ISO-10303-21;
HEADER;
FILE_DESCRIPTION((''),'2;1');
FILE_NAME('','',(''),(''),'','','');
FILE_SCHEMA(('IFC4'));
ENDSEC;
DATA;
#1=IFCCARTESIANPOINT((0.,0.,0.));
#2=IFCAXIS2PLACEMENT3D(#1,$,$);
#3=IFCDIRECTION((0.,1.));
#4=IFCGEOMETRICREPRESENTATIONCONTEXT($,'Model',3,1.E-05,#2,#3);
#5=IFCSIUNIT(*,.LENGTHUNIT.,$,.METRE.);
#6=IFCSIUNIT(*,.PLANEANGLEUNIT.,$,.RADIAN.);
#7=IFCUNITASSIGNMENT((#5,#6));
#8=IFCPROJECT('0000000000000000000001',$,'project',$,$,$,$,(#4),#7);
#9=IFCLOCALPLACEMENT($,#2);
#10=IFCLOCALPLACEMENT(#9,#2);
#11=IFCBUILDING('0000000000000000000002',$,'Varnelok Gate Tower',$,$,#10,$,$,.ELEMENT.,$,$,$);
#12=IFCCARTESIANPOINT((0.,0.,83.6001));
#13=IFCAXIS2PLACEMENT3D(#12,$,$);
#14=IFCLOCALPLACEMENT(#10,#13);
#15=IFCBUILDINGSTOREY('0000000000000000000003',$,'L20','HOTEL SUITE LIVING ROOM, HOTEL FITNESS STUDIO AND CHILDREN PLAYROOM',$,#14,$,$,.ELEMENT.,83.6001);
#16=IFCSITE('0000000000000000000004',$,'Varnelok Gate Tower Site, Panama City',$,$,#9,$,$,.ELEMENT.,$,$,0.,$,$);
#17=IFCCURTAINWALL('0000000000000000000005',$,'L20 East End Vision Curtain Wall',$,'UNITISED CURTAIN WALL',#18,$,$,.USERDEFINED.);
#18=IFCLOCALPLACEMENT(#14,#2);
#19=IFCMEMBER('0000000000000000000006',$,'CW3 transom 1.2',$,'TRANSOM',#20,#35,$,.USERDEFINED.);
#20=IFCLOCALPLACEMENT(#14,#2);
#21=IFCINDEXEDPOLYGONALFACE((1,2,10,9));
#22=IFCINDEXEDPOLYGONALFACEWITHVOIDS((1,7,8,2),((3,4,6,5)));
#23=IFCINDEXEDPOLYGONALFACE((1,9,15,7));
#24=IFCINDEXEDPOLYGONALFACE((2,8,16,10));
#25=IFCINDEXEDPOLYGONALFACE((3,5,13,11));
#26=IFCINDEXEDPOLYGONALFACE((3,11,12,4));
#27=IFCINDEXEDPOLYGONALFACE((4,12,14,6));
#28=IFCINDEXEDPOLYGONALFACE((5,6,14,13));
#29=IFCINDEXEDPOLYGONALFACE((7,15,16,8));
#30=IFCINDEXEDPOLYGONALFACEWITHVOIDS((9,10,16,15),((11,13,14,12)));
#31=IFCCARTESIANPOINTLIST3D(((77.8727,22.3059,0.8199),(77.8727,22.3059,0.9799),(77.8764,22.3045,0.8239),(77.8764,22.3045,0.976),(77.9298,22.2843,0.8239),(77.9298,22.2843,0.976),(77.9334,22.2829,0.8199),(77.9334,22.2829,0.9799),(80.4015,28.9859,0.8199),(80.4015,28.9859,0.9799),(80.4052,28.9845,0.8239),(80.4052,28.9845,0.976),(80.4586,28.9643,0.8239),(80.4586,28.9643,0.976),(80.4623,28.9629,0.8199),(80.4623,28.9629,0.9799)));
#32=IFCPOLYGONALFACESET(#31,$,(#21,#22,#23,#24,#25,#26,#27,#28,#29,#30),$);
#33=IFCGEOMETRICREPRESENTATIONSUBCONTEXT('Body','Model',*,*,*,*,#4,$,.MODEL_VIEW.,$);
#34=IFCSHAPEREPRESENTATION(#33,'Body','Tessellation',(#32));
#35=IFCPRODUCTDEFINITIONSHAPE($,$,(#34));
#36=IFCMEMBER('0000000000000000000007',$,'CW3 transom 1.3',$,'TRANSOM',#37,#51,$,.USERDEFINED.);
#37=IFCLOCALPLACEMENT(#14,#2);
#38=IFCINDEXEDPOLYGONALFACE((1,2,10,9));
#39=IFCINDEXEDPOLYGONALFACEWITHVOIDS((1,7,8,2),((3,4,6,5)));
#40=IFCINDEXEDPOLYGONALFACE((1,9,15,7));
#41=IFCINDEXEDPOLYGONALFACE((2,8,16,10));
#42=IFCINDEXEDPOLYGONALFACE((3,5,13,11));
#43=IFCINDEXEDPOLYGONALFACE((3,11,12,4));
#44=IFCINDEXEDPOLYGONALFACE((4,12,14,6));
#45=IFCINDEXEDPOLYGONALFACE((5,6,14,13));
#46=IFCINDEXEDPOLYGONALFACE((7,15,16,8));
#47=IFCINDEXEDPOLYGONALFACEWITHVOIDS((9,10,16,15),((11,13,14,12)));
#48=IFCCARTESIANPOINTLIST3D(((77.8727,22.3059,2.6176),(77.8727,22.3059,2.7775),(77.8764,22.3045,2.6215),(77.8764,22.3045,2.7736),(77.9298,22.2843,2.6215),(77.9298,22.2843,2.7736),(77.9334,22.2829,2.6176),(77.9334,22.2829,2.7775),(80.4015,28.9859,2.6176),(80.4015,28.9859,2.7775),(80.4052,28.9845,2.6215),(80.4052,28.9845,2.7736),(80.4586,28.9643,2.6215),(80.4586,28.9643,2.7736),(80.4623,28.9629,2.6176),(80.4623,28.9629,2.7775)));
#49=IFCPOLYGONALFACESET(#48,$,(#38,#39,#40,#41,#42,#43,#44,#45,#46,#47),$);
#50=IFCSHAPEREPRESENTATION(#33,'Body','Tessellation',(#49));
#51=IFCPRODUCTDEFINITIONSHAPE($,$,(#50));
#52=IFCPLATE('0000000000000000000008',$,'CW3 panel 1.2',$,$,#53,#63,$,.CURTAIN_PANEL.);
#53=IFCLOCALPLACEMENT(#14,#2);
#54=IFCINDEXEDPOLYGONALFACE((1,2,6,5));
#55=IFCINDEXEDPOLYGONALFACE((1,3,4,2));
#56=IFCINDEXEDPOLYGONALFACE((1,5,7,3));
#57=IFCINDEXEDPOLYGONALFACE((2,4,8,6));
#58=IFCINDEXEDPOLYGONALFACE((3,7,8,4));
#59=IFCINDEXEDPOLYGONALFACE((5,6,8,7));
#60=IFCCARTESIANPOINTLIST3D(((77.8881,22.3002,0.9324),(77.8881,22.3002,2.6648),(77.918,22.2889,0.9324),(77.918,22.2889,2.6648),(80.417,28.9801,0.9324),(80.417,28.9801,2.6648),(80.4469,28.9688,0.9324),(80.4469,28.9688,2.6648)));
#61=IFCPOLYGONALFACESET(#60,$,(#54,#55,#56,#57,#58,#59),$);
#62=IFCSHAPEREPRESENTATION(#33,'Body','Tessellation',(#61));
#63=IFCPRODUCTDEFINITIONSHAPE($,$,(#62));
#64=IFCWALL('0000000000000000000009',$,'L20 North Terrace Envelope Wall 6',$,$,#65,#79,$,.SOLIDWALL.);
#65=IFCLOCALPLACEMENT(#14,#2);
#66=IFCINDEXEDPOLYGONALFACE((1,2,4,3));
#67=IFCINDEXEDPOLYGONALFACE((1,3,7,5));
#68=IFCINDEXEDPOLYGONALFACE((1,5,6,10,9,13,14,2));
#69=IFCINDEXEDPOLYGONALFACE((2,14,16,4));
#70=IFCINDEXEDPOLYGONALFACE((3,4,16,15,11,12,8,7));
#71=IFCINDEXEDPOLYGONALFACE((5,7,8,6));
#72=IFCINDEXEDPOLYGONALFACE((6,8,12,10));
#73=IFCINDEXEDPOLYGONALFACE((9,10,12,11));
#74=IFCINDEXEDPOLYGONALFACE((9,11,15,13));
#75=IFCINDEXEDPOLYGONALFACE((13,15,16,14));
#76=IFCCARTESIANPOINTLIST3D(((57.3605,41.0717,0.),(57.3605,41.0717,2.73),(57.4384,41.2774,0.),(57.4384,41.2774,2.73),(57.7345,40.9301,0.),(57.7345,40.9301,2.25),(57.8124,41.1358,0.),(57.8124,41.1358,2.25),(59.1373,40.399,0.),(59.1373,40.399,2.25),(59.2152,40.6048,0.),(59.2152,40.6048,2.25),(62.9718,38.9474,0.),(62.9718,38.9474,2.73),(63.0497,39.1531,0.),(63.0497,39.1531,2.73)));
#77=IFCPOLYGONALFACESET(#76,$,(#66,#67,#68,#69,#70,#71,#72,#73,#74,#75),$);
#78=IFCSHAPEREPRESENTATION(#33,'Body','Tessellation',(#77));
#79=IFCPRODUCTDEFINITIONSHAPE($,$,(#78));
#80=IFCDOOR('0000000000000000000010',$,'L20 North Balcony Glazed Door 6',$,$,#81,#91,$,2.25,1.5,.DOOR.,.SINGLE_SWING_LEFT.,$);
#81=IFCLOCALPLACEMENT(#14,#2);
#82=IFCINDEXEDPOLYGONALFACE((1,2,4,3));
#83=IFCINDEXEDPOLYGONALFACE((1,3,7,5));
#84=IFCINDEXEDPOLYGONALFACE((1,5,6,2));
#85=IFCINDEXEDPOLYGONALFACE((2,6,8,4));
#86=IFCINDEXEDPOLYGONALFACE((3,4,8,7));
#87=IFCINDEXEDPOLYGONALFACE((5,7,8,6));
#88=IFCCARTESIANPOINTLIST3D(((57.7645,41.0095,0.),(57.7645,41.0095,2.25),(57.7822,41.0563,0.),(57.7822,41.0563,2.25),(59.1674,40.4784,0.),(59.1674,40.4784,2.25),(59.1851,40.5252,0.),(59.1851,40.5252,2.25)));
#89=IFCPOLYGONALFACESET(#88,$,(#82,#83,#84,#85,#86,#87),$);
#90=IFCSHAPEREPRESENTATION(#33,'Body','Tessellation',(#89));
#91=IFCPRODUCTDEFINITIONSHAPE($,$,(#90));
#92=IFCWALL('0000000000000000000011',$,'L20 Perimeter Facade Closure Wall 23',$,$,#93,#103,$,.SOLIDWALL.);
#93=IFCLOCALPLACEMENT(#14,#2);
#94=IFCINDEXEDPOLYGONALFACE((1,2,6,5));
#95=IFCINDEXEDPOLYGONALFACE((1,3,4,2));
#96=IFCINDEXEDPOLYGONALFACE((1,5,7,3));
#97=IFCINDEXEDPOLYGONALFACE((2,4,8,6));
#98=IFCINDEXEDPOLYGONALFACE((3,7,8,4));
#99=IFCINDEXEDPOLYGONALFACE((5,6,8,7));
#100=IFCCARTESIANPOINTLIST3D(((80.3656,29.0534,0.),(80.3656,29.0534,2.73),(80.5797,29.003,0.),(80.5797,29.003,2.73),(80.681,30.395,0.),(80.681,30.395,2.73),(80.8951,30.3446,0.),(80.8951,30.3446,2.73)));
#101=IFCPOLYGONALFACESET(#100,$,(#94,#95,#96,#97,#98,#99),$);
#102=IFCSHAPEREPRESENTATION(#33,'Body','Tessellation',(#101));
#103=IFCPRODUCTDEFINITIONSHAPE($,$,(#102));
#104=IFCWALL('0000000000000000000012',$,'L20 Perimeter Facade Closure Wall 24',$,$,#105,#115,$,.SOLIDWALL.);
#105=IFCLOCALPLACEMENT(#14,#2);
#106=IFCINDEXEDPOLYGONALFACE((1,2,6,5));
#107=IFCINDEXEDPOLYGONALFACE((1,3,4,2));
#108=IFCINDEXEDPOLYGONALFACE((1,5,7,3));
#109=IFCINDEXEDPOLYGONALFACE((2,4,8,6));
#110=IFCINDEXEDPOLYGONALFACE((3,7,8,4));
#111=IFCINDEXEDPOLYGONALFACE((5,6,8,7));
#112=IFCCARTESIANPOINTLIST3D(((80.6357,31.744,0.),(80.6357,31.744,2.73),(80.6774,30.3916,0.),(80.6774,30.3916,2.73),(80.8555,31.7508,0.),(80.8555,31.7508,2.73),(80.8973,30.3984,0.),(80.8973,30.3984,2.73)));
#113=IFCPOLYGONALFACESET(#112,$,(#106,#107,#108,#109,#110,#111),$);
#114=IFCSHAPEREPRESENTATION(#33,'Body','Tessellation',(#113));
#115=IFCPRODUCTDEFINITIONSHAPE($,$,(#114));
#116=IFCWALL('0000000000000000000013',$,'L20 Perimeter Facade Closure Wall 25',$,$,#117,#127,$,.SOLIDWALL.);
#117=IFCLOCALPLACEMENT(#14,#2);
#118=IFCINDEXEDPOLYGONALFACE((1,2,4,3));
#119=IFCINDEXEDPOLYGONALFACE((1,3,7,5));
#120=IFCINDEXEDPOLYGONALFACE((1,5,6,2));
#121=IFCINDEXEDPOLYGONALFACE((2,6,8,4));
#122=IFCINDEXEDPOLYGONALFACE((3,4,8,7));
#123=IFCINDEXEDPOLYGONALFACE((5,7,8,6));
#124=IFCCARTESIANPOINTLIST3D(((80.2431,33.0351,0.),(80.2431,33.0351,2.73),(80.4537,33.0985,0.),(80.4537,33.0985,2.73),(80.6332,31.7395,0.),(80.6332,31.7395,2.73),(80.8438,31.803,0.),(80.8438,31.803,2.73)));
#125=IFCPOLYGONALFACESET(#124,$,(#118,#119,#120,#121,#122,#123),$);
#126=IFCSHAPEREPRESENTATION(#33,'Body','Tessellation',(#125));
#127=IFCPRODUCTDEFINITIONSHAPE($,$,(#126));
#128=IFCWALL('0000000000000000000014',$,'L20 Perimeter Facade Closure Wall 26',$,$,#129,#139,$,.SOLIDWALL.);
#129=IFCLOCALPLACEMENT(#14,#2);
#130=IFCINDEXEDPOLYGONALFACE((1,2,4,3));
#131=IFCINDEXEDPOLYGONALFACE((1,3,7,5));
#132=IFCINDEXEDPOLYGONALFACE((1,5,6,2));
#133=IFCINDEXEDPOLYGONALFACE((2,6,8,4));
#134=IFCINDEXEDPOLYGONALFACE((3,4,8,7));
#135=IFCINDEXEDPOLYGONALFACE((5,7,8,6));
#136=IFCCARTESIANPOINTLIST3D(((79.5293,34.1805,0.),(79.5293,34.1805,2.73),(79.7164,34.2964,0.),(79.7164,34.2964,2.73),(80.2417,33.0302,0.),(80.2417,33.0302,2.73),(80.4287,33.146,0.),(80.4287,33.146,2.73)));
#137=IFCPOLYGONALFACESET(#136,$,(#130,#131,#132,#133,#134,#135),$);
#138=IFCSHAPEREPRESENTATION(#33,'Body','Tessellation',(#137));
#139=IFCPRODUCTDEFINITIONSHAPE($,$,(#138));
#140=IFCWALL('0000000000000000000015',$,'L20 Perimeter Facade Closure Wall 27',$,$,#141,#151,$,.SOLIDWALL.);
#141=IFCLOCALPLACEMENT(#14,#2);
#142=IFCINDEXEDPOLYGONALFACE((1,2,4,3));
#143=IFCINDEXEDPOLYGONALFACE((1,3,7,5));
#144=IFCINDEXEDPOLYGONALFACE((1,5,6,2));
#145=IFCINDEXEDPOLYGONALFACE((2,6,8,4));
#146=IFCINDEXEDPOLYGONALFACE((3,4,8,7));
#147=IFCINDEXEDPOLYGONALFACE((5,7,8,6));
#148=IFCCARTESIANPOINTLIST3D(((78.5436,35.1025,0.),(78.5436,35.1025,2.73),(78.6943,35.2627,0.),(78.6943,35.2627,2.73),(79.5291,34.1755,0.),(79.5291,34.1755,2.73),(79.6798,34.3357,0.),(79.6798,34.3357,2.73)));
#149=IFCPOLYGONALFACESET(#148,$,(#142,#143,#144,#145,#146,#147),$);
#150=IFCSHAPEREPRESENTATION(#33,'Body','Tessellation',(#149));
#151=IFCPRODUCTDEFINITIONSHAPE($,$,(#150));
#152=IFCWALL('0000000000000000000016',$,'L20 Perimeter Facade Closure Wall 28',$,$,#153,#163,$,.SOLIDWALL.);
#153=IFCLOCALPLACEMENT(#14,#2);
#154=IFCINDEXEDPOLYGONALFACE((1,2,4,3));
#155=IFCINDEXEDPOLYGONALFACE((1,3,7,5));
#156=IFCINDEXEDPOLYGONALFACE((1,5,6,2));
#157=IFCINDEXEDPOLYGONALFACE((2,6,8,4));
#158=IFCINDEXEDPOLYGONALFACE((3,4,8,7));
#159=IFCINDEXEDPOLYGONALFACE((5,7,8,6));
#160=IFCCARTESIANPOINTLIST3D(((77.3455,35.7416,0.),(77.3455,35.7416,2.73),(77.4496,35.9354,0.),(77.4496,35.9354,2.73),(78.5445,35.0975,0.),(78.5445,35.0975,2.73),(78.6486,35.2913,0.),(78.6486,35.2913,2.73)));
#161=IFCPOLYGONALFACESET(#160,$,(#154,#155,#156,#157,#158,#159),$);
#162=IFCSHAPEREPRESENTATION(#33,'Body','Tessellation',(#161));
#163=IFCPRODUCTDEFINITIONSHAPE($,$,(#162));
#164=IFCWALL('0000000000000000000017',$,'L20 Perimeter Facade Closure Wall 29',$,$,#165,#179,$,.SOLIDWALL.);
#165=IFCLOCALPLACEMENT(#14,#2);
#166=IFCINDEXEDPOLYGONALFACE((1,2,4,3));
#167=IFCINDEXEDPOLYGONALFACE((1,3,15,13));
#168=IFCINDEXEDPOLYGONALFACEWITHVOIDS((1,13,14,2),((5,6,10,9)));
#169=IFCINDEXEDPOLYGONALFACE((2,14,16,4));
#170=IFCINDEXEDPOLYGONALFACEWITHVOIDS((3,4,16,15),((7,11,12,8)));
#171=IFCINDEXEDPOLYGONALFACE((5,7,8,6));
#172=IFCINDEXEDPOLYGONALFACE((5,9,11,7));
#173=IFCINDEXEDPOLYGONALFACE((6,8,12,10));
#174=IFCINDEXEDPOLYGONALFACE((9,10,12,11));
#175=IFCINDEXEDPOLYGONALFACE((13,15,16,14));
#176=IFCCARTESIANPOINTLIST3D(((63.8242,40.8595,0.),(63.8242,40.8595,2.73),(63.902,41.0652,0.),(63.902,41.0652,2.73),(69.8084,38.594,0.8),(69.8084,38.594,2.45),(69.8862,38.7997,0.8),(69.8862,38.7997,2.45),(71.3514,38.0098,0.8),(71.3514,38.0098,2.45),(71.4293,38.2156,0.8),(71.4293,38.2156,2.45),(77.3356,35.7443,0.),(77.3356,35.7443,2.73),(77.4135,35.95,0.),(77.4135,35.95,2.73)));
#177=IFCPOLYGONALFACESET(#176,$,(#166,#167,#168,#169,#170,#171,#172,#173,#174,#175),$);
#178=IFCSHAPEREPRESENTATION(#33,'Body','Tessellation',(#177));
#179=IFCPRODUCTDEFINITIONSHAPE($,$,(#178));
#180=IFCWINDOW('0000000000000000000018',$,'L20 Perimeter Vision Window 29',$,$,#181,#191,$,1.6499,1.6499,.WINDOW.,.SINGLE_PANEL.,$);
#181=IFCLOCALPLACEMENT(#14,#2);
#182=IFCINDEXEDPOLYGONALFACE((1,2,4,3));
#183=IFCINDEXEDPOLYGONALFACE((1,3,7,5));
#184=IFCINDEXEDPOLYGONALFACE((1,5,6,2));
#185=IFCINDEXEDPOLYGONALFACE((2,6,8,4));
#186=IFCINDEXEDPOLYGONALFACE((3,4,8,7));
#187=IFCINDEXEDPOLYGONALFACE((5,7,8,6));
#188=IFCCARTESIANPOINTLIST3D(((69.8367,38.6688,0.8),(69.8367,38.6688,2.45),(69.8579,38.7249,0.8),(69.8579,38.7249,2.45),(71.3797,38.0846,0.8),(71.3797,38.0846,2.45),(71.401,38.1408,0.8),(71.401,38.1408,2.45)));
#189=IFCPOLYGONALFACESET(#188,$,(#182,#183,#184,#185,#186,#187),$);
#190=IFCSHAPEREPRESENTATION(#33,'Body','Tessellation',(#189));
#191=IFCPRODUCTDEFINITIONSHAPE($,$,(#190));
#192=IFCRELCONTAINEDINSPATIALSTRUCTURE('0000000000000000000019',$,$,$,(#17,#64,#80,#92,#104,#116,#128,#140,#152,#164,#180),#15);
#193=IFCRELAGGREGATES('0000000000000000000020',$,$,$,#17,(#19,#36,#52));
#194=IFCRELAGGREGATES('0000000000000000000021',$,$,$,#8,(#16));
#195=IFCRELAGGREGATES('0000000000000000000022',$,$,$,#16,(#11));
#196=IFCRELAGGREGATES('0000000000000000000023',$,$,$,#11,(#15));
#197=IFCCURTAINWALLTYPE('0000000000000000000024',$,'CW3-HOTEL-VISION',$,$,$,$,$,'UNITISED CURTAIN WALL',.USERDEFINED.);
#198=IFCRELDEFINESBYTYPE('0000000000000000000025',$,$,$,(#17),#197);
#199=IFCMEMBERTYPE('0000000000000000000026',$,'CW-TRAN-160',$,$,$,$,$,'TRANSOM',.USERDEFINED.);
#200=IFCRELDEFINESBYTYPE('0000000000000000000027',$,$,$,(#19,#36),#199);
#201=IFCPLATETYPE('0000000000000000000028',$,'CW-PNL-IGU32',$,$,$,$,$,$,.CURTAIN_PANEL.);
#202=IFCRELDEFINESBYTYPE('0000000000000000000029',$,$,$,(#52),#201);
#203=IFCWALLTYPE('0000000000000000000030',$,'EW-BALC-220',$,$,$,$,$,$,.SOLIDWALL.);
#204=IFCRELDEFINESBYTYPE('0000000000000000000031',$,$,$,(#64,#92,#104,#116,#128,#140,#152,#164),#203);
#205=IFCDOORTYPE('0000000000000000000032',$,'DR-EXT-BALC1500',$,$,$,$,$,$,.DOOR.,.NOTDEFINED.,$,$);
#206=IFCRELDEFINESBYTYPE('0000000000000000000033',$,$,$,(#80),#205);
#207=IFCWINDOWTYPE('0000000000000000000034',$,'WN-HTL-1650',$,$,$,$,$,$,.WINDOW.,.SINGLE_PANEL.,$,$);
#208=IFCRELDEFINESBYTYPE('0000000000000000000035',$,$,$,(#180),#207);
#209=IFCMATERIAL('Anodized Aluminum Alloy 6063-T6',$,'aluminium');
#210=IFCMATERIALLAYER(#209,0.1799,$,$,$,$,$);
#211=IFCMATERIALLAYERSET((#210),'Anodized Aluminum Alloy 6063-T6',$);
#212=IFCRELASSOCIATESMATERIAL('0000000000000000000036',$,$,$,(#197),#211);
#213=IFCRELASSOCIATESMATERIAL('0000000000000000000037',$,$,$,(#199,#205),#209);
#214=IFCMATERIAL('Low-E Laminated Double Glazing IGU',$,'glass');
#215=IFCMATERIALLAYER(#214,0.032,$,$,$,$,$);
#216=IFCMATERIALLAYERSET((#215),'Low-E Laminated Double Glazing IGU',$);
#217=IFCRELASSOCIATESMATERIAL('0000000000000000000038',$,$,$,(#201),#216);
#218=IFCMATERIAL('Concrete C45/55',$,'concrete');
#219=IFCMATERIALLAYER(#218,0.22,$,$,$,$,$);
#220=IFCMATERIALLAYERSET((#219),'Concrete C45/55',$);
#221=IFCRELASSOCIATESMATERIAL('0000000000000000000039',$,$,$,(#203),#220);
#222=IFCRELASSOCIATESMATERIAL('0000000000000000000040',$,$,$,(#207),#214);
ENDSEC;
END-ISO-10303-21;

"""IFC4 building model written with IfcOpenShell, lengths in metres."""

from ifc_helpers import new_model, si_unit, direction, frame, frame_2d, origin, origin_2d, place, context, subcontext, project, spatial, rectangle, hollow_rectangle, extrude, source, transform, mapped, material, layer, layer_set, material_profile, profile_set, type_object, element, fill, aggregate, save


model = new_model("IFC4")

# Units and contexts
model_context = context("Model", 3, precision=1e-05, world=origin(), true_north=direction((0.0, 1.0)))
body_context = subcontext(model_context, "Body", "Model", "MODEL_VIEW")
ifc_project = project(units=[si_unit("LENGTHUNIT", "METRE"), si_unit("PLANEANGLEUNIT", "RADIAN")], contexts=[model_context])

# Site, building, storey
site_placement = place(None, origin())
site = spatial("IfcSite", under=ifc_project, at=site_placement, Name="Varnelok Gate Tower Site, Panama City", CompositionType="ELEMENT", RefElevation=0.0)
building_placement = place(site_placement, origin())
building = spatial("IfcBuilding", under=site, at=building_placement, Name="Varnelok Gate Tower", CompositionType="ELEMENT")
storey_placement = place(building_placement, frame((0.0, 0.0, 83.6001)))
storey = spatial("IfcBuildingStorey", under=building, at=storey_placement, Name="L20", Description="HOTEL SUITE LIVING ROOM, HOTEL FITNESS STUDIO AND CHILDREN PLAYROOM", CompositionType="ELEMENT", Elevation=83.6001)

# Curtain wall, members, plate
ifc_material_1 = material(Name="Anodized Aluminum Alloy 6063-T6", Category="aluminium")
ifc_layer_1 = layer(ifc_material_1, 0.1799)
ifc_layer_set_1 = layer_set([ifc_layer_1], Name="Anodized Aluminum Alloy 6063-T6")
curtain_wall_type = type_object("IfcCurtainWallType", Name="CW3-HOTEL-VISION", ElementType="UNITISED CURTAIN WALL", PredefinedType="USERDEFINED", material=ifc_layer_set_1)
curtain_wall_placement = place(storey_placement, origin())
curtain_wall = element("IfcCurtainWall", 1, at=curtain_wall_placement, inside=storey, type_object=curtain_wall_type, Name="L20 East End Vision Curtain Wall", ObjectType="UNITISED CURTAIN WALL", PredefinedType="USERDEFINED")
ifc_material_profile_1 = material_profile(ifc_material_1, hollow_rectangle(XDim=0.0649, YDim=0.1599, WallThickness=0.0039, at=origin_2d()), Name="ALU160X65X4")
ifc_profile_set_1 = profile_set([ifc_material_profile_1], Name="Anodized Aluminum Alloy 6063-T6")
member_type_1 = type_object("IfcMemberType", Name="CW-TRAN-160", ElementType="TRANSOM", PredefinedType="USERDEFINED", material=ifc_profile_set_1)
member_1_placement = place(storey_placement, frame((80.4319, 28.9744, 0.8999), z_axis=(-0.354047, -0.935228, 0.0), x_axis=(0.935228, -0.354047, 0.0)))
member_1 = element("IfcMember", 2, at=member_1_placement, type_object=member_type_1, Name="CW3 transom 1.2", ObjectType="TRANSOM", PredefinedType="USERDEFINED", context=body_context, shape_type="SweptSolid", body=[
    extrude(hollow_rectangle(XDim=0.0649, YDim=0.1599, WallThickness=0.0039, at=origin_2d()), origin(), (0.0, 0.0, 1.0), 7.1426),
])
member_2_placement = place(storey_placement, frame((80.4319, 28.9744, 2.6975), z_axis=(-0.354047, -0.935228, 0.0), x_axis=(0.935228, -0.354047, 0.0)))
member_2 = element("IfcMember", 3, at=member_2_placement, type_object=member_type_1, Name="CW3 transom 1.3", ObjectType="TRANSOM", PredefinedType="USERDEFINED", context=body_context, shape_type="SweptSolid", body=[
    extrude(hollow_rectangle(XDim=0.0649, YDim=0.1599, WallThickness=0.0039, at=origin_2d()), origin(), (0.0, 0.0, 1.0), 7.1426),
])
ifc_material_2 = material(Name="Low-E Laminated Double Glazing IGU", Category="glass")
ifc_layer_2 = layer(ifc_material_2, 0.032)
ifc_layer_set_2 = layer_set([ifc_layer_2], Name="Low-E Laminated Double Glazing IGU")
plate_type = type_object("IfcPlateType", Name="CW-PNL-IGU32", PredefinedType="CURTAIN_PANEL", material=ifc_layer_set_2)
shared_shape_1 = source(origin(), body_context, "Body", "SweptSolid", [
    extrude(rectangle(XDim=7.1426, YDim=0.032, at=origin_2d()), origin(), (0.0, 0.0, 1.0), 1.7324),
])
plate_placement = place(storey_placement, frame((79.1675, 25.6345, 0.9324), z_axis=(0.0, 0.0, 1.0), x_axis=(-0.354064, -0.935221, 0.0)))
plate = element("IfcPlate", 4, at=plate_placement, type_object=plate_type, Name="CW3 panel 1.2", PredefinedType="CURTAIN_PANEL", context=body_context, shape_type="MappedRepresentation", body=[
    mapped(shared_shape_1, transform((0.0, 0.0, 0.0), scale=1.0)),
])
aggregate(curtain_wall, [member_1, member_2, plate])

# Wall, opening, door
ifc_material_3 = material(Name="Concrete C45/55", Category="concrete")
ifc_layer_3 = layer(ifc_material_3, 0.22)
ifc_layer_set_3 = layer_set([ifc_layer_3], Name="Concrete C45/55")
wall_type = type_object("IfcWallType", Name="EW-BALC-220", PredefinedType="SOLIDWALL", material=ifc_layer_set_3)
wall_1_placement = place(storey_placement, frame((57.3994, 41.1746, 0.0), z_axis=(0.0, 0.0, 1.0), x_axis=(0.935228, -0.354047, 0.0)))
wall_1 = element("IfcWall", 5, at=wall_1_placement, inside=storey, type_object=wall_type, Name="L20 North Terrace Envelope Wall 6", PredefinedType="SOLIDWALL", context=body_context, shape_type="SweptSolid", body=[
    extrude(rectangle(XDim=6.0, YDim=0.22, at=frame_2d((3.0, 0.0))), origin(), (0.0, 0.0, 1.0), 2.73),
])
opening_1_placement = place(wall_1_placement, frame((0.3999, 0.0, 0.0)))
opening_1 = element("IfcOpeningElement", 6, at=opening_1_placement, cuts=wall_1, PredefinedType="OPENING", context=body_context, shape_type="SweptSolid", body=[
    extrude(rectangle(XDim=1.5, YDim=2.25, at=frame_2d((0.75, 1.125))), frame((0.0, 0.1199, 0.0), z_axis=(0.0, -1.0, 0.0), x_axis=(1.0, 0.0, 0.0)), (0.0, 0.0, 1.0), 0.24),
])
door_type = type_object("IfcDoorType", Name="DR-EXT-BALC1500", OperationType="NOTDEFINED", PredefinedType="DOOR", material=ifc_material_1)
door_placement = place(opening_1_placement, origin())
door = element("IfcDoor", 7, at=door_placement, inside=storey, type_object=door_type, Name="L20 North Balcony Glazed Door 6", OperationType="SINGLE_SWING_LEFT", OverallHeight=2.25, OverallWidth=1.5, PredefinedType="DOOR", context=body_context, shape_type="SweptSolid", body=[
    extrude(rectangle(XDim=1.5, YDim=2.25, at=frame_2d((0.75, 1.125))), frame((0.0, 0.0249, 0.0), z_axis=(0.0, -1.0, 0.0), x_axis=(1.0, 0.0, 0.0)), (0.0, 0.0, 1.0), 0.05),
])
fill(opening_1, door)

# Walls
wall_2_placement = place(storey_placement, frame((80.4727, 29.0283, 0.0), z_axis=(0.0, 0.0, 1.0), x_axis=(0.228881, 0.973454, 0.0)))
element("IfcWall", 8, at=wall_2_placement, inside=storey, type_object=wall_type, Name="L20 Perimeter Facade Closure Wall 23", PredefinedType="SOLIDWALL", context=body_context, shape_type="SweptSolid", body=[
    extrude(rectangle(XDim=1.3782, YDim=0.22, at=frame_2d((0.689, 0.0))), origin(), (0.0, 0.0, 1.0), 2.73),
])
for number, where, z_axis, x_axis, name in (
    (9, (80.7874, 30.395, 0.0), (0.0, 0.0, 1.0), (-0.030857, 0.999524, 0.0), "L20 Perimeter Facade Closure Wall 24"),
    (10, (80.7385, 31.7712, 0.0), (0.0, 0.0, 1.0), (-0.288324, 0.957533, 0.0), "L20 Perimeter Facade Closure Wall 25"),
    (11, (80.3352, 33.0881, 0.0), (0.0, 0.0, 1.0), (-0.526491, 0.850181, 0.0), "L20 Perimeter Facade Closure Wall 26"),
    (12, (79.6045, 34.2556, 0.0), (0.0, 0.0, 1.0), (-0.728428, 0.685123, 0.0), "L20 Perimeter Facade Closure Wall 27"),
):
    element("IfcWall", number, at=place(storey_placement, frame(where, z_axis=z_axis, x_axis=x_axis)), inside=storey, type_object=wall_type, Name=name, PredefinedType="SOLIDWALL", context=body_context, shape_type="SweptSolid", body=[
        extrude(rectangle(XDim=1.353, YDim=0.22, at=frame_2d((0.6765, 0.0))), origin(), (0.0, 0.0, 1.0), 2.73),
    ])
wall_3_placement = place(storey_placement, frame((78.5967, 35.1943, 0.0), z_axis=(0.0, 0.0, 1.0), x_axis=(-0.880949, 0.473212, 0.0)))
element("IfcWall", 13, at=wall_3_placement, inside=storey, type_object=wall_type, Name="L20 Perimeter Facade Closure Wall 28", PredefinedType="SOLIDWALL", context=body_context, shape_type="SweptSolid", body=[
    extrude(rectangle(XDim=1.3611, YDim=0.22, at=frame_2d((0.6807, 0.0))), origin(), (0.0, 0.0, 1.0), 2.73),
])

# Wall, opening, window
wall_4_placement = place(storey_placement, frame((77.3745, 35.8472, 0.0), z_axis=(0.0, 0.0, 1.0), x_axis=(-0.935222, 0.354061, 0.0)))
wall_4 = element("IfcWall", 14, at=wall_4_placement, inside=storey, type_object=wall_type, Name="L20 Perimeter Facade Closure Wall 29", PredefinedType="SOLIDWALL", context=body_context, shape_type="SweptSolid", body=[
    extrude(rectangle(XDim=14.4473, YDim=0.22, at=frame_2d((7.2236, 0.0))), origin(), (0.0, 0.0, 1.0), 2.73),
])
opening_2_placement = place(wall_4_placement, frame((6.3987, 0.0, 0.8)))
opening_2 = element("IfcOpeningElement", 15, at=opening_2_placement, cuts=wall_4, PredefinedType="OPENING", context=body_context, shape_type="SweptSolid", body=[
    extrude(rectangle(XDim=1.6499, YDim=1.6499, at=frame_2d((0.825, 0.825))), frame((0.0, 0.1199, 0.0), z_axis=(0.0, -1.0, 0.0), x_axis=(1.0, 0.0, 0.0)), (0.0, 0.0, 1.0), 0.24),
])
window_type = type_object("IfcWindowType", Name="WN-HTL-1650", PartitioningType="SINGLE_PANEL", PredefinedType="WINDOW", material=ifc_material_2)
window_1_placement = place(opening_2_placement, origin())
window_1 = element("IfcWindow", 16, at=window_1_placement, inside=storey, type_object=window_type, Name="L20 Perimeter Vision Window 29", OverallHeight=1.6499, OverallWidth=1.6499, PartitioningType="SINGLE_PANEL", PredefinedType="WINDOW", context=body_context, shape_type="SweptSolid", body=[
    extrude(rectangle(XDim=1.6499, YDim=1.6499, at=frame_2d((0.825, 0.825))), frame((0.0, 0.03, 0.0), z_axis=(0.0, -1.0, 0.0), x_axis=(1.0, 0.0, 0.0)), (0.0, 0.0, 1.0), 0.0601),
])
fill(opening_2, window_1)

save(model, "model.ifc")
